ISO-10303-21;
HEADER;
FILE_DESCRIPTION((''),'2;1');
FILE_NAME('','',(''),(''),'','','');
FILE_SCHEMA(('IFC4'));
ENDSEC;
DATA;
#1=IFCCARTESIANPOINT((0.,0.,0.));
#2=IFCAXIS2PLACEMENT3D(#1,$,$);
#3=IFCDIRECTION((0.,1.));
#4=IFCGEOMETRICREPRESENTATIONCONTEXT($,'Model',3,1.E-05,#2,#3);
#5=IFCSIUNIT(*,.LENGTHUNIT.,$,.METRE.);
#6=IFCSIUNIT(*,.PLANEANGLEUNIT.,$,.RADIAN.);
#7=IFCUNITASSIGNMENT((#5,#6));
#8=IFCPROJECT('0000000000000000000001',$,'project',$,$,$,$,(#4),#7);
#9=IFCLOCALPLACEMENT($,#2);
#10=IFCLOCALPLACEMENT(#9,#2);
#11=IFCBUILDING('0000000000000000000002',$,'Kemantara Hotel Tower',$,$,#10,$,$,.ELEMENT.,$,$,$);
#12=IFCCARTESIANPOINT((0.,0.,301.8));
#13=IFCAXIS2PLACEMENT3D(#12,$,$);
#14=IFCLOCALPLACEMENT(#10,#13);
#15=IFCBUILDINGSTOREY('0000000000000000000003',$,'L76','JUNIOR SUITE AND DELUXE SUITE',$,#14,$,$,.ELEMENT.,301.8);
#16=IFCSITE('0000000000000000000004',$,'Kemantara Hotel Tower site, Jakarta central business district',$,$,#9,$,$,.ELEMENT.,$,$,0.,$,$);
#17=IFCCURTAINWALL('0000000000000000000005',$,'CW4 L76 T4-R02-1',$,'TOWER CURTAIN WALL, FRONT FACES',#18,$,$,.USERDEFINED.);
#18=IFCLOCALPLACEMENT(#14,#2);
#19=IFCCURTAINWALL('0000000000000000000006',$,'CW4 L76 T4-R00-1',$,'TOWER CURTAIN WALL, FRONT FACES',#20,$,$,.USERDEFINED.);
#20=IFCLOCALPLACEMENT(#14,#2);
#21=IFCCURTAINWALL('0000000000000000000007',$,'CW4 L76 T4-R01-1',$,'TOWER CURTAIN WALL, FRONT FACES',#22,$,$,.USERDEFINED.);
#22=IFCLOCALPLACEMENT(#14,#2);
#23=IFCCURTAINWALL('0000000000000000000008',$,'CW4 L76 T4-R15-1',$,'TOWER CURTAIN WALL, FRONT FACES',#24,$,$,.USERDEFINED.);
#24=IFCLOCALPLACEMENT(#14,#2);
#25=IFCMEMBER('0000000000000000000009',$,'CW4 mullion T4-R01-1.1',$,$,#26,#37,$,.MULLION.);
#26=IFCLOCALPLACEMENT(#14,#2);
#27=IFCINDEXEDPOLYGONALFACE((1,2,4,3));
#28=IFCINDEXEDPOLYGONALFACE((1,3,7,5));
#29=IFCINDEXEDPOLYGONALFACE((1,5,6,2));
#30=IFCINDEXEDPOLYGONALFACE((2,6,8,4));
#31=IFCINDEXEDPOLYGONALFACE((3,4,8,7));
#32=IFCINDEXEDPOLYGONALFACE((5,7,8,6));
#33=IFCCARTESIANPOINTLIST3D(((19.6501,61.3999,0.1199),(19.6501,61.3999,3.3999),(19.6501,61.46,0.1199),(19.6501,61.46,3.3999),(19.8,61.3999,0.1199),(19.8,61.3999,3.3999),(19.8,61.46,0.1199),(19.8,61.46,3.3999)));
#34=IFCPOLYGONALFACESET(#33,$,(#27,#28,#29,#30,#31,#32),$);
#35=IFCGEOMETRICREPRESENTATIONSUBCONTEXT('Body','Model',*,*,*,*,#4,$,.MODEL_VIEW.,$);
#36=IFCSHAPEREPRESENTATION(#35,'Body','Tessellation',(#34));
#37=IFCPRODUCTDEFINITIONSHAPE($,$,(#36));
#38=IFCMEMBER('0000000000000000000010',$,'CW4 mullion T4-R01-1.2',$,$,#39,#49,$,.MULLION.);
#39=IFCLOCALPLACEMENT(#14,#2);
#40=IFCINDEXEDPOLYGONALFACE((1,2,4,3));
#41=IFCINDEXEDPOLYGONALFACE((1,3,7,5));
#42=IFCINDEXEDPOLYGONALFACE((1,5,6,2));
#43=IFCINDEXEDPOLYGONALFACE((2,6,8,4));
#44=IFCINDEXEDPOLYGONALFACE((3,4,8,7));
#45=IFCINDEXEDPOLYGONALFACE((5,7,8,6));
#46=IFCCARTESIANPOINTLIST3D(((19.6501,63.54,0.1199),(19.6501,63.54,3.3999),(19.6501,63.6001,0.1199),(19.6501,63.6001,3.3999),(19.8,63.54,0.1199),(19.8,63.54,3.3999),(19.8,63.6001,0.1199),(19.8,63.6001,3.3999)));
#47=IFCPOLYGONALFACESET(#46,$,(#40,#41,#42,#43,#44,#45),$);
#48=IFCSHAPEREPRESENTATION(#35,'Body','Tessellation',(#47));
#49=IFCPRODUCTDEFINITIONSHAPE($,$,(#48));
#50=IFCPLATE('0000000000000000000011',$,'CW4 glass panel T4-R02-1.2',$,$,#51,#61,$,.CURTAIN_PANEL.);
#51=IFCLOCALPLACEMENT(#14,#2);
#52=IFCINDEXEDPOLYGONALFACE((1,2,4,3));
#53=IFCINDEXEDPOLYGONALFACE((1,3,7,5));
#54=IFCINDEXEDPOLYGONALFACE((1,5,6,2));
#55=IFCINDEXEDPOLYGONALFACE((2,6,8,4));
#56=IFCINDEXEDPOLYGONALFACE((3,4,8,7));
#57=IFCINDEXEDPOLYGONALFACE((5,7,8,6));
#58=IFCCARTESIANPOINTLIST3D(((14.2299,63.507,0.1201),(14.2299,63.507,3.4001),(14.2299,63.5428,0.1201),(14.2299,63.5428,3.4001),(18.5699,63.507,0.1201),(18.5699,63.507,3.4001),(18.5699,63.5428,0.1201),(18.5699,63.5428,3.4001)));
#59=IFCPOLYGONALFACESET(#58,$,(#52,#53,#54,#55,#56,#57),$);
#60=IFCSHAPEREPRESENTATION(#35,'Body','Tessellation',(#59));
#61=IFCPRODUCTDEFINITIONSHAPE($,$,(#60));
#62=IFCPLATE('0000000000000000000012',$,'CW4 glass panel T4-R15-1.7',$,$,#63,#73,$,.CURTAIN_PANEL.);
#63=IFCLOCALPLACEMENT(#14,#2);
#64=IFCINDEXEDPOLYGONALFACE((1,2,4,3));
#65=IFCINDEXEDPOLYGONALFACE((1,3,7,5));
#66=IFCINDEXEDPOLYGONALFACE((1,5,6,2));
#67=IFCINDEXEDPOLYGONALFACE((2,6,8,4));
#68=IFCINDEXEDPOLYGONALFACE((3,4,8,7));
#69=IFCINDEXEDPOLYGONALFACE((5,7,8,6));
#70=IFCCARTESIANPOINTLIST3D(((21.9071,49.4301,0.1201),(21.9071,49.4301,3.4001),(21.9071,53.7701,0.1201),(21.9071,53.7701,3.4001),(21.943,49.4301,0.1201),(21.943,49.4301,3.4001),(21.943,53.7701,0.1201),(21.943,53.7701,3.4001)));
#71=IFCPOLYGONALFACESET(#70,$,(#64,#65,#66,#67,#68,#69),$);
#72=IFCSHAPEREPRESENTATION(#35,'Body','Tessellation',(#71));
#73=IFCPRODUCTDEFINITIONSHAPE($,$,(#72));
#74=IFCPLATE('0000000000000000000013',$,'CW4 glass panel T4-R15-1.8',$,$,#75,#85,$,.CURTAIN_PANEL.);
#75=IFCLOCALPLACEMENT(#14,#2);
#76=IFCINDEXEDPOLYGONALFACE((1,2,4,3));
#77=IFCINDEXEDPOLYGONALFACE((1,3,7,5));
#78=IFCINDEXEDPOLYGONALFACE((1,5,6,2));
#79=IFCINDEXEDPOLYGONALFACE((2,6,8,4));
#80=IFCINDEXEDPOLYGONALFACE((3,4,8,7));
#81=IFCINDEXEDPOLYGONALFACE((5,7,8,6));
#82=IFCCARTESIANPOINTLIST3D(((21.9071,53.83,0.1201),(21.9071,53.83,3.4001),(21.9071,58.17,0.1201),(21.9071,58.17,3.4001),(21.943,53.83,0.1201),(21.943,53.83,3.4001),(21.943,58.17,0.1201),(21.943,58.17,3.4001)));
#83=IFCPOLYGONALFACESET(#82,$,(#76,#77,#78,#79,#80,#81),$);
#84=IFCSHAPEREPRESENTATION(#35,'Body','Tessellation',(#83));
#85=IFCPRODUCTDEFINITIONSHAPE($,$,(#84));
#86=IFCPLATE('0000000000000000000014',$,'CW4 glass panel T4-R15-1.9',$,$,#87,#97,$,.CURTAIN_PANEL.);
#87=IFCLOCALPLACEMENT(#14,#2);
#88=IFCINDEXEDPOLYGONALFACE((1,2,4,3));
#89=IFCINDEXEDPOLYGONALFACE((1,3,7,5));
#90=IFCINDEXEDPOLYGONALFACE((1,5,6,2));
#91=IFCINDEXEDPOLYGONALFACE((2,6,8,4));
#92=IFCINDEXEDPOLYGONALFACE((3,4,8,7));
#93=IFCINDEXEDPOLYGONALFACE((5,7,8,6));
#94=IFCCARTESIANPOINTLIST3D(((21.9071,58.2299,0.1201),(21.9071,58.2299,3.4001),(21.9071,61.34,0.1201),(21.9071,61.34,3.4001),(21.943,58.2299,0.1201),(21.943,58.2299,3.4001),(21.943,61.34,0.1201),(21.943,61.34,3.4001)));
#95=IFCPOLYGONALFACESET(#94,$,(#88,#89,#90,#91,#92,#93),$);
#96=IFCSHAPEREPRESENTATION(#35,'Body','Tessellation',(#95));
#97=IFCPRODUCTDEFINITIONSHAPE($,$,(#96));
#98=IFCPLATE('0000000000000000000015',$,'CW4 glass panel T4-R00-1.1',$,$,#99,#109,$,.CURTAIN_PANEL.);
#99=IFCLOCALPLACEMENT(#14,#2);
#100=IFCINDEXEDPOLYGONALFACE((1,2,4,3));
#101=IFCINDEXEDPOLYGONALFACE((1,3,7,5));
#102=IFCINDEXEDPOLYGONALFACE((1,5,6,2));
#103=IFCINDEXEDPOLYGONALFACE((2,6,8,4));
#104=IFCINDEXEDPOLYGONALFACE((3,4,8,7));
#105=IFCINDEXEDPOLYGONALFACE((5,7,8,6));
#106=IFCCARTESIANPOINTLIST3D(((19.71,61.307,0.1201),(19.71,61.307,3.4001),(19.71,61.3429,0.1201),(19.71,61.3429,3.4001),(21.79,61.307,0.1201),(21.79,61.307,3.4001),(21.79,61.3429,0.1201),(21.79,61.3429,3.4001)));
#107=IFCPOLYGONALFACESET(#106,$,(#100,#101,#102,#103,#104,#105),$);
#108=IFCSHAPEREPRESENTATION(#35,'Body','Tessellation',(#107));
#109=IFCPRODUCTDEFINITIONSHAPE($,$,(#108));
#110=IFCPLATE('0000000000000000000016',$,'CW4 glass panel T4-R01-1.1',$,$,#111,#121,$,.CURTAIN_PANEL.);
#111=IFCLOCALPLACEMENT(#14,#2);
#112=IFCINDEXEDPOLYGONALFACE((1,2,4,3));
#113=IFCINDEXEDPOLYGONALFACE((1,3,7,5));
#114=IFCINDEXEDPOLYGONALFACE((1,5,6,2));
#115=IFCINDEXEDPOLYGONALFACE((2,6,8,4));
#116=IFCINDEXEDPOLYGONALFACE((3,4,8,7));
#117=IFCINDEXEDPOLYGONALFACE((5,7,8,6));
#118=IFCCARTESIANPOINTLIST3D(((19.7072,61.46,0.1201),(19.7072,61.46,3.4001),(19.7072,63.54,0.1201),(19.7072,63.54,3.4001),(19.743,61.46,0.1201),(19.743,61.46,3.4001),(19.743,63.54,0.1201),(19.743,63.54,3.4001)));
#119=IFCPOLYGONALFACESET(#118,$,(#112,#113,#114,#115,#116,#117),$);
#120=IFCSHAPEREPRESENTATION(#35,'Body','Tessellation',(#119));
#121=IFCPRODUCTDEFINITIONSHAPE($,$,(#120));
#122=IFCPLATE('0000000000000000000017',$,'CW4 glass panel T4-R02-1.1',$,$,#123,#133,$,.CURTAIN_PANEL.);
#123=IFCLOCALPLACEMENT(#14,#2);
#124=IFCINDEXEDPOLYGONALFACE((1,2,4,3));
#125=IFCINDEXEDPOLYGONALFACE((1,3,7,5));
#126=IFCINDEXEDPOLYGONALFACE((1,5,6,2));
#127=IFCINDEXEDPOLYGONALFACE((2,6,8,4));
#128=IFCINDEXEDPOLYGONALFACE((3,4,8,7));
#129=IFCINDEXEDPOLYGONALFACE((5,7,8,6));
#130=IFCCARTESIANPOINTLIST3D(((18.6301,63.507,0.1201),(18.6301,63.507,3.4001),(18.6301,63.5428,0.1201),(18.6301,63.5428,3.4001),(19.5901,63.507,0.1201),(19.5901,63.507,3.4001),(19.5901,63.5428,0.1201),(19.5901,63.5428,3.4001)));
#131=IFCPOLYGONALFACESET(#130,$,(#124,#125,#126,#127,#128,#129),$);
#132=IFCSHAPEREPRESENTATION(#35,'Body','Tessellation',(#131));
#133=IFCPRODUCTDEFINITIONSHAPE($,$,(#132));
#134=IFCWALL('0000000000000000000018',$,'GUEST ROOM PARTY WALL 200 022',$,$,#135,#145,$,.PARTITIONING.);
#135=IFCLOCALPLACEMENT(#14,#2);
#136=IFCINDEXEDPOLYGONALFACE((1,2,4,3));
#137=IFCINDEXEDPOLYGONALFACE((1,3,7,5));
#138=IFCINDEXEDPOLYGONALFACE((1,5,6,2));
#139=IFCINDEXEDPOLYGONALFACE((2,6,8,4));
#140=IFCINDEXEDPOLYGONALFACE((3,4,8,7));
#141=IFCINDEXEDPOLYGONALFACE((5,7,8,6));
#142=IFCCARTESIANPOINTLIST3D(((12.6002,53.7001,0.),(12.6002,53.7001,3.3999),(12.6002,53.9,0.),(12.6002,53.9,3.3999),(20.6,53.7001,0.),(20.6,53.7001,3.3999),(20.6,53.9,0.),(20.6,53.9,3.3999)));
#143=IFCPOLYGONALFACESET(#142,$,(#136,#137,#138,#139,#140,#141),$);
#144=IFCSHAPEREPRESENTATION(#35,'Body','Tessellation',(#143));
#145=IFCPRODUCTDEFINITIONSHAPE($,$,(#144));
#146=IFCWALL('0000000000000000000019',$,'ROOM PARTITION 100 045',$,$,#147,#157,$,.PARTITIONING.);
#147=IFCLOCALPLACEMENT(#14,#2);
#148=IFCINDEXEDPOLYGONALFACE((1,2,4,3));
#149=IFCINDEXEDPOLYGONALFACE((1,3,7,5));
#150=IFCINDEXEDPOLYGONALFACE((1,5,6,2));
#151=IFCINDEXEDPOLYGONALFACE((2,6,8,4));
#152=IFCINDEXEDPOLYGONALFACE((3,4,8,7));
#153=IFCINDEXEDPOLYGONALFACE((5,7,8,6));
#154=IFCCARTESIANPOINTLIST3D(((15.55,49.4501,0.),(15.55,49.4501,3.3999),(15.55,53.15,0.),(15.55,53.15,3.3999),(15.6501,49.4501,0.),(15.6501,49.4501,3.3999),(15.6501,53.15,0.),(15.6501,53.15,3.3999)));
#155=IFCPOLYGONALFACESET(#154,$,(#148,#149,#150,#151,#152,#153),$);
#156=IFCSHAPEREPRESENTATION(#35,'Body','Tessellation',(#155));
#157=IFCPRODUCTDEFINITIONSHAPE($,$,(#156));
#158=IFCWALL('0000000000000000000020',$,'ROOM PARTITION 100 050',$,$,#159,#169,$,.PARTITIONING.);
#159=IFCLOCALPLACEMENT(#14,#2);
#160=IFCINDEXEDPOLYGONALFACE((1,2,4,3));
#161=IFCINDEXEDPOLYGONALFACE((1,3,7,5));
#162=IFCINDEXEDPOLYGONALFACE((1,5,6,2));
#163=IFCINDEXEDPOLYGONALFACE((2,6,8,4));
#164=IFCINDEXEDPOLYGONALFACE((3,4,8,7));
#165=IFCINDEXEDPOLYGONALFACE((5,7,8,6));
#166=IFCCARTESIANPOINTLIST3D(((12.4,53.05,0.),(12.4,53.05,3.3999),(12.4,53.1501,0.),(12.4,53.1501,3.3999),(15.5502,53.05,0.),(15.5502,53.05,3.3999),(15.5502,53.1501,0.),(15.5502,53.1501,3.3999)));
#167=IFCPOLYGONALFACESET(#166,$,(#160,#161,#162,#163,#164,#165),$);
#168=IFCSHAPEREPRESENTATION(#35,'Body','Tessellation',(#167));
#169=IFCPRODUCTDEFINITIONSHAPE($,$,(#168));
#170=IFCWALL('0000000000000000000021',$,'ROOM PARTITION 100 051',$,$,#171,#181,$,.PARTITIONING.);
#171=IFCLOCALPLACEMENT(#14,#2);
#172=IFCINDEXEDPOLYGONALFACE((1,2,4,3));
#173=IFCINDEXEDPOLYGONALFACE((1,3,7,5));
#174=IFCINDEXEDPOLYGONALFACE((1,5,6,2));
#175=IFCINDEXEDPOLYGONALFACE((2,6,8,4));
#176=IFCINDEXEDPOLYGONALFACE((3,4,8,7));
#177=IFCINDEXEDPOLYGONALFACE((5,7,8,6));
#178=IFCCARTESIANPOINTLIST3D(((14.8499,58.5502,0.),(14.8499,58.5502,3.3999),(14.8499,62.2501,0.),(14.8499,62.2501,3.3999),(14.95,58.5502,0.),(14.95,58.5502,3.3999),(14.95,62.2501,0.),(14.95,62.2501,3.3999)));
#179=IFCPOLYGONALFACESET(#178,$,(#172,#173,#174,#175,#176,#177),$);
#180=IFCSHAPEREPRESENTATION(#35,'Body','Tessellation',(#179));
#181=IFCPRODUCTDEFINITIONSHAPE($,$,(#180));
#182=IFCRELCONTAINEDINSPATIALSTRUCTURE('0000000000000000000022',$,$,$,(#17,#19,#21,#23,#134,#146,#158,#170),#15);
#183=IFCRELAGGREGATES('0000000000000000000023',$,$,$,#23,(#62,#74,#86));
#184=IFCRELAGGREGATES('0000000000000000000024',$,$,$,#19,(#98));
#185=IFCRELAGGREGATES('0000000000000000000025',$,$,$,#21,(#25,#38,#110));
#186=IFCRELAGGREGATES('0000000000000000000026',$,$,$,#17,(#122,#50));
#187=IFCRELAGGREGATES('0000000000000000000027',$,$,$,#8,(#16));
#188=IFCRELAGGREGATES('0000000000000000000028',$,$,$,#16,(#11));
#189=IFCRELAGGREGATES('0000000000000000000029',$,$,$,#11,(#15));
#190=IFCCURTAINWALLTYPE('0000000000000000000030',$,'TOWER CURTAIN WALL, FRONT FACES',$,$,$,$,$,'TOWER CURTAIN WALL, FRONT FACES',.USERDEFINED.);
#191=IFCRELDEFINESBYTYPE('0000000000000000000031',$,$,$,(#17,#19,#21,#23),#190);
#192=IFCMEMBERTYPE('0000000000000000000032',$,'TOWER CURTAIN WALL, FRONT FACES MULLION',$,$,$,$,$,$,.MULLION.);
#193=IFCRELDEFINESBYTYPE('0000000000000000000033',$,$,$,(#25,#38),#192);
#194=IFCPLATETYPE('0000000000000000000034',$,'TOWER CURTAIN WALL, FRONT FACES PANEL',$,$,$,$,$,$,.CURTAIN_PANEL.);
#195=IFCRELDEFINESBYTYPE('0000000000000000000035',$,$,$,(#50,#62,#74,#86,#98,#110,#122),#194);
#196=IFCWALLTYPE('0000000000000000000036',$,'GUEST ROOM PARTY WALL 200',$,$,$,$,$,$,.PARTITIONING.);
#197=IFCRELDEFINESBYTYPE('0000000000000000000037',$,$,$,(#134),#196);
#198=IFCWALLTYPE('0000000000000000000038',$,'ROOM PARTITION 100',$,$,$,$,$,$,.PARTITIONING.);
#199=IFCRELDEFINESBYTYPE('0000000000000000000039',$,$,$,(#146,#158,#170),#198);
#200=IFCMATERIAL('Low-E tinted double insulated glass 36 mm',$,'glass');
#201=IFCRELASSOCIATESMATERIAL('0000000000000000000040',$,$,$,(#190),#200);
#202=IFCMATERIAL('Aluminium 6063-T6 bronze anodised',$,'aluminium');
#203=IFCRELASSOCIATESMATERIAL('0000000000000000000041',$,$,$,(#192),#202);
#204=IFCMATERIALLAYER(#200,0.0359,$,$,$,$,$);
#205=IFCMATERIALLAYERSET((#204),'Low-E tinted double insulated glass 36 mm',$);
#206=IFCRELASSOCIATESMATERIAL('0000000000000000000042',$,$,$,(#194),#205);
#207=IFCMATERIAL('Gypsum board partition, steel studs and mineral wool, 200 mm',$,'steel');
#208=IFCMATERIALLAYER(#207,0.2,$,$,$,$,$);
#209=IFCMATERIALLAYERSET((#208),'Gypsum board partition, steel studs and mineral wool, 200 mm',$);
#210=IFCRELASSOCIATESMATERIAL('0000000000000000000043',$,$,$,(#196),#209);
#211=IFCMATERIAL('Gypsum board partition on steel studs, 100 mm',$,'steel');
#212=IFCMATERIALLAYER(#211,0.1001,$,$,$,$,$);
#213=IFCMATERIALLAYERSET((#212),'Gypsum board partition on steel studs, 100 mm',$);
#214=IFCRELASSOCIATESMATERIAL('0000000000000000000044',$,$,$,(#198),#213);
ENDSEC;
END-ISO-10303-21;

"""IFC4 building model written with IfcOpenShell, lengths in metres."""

from ifc_helpers import new_model, si_unit, direction, frame, frame_2d, origin, origin_2d, place, context, subcontext, project, spatial, rectangle, extrude, source, transform, mapped, material, layer, layer_set, material_profile, profile_set, type_object, element, aggregate, save


model = new_model("IFC4")

# Units and contexts
model_context = context("Model", 3, precision=1e-05, world=origin(), true_north=direction((0.0, 1.0)))
body_context = subcontext(model_context, "Body", "Model", "MODEL_VIEW")
ifc_project = project(units=[si_unit("LENGTHUNIT", "METRE"), si_unit("PLANEANGLEUNIT", "RADIAN")], contexts=[model_context])

# Site, building, storey
site_placement = place(None, origin())
site = spatial("IfcSite", under=ifc_project, at=site_placement, Name="Kemantara Hotel Tower site, Jakarta central business district", CompositionType="ELEMENT", RefElevation=0.0)
building_placement = place(site_placement, origin())
building = spatial("IfcBuilding", under=site, at=building_placement, Name="Kemantara Hotel Tower", CompositionType="ELEMENT")
storey_placement = place(building_placement, frame((0.0, 0.0, 301.8)))
storey = spatial("IfcBuildingStorey", under=building, at=storey_placement, Name="L76", Description="JUNIOR SUITE AND DELUXE SUITE", CompositionType="ELEMENT", Elevation=301.8)

# Curtain walls
ifc_material_1 = material(Name="Low-E tinted double insulated glass 36 mm", Category="glass")
curtain_wall_type = type_object("IfcCurtainWallType", Name="TOWER CURTAIN WALL, FRONT FACES", ElementType="TOWER CURTAIN WALL, FRONT FACES", PredefinedType="USERDEFINED", material=ifc_material_1)
curtain_wall_1_placement = place(storey_placement, origin())
curtain_wall_1 = element("IfcCurtainWall", 1, at=curtain_wall_1_placement, inside=storey, type_object=curtain_wall_type, Name="CW4 L76 T4-R02-1", ObjectType="TOWER CURTAIN WALL, FRONT FACES", PredefinedType="USERDEFINED")
ifc_material_2 = material(Name="Aluminium 6063-T6 bronze anodised", Category="aluminium")
curtain_wall_2_placement = place(storey_placement, origin())
curtain_wall_2 = element("IfcCurtainWall", 2, at=curtain_wall_2_placement, inside=storey, type_object=curtain_wall_type, Name="CW4 L76 T4-R00-1", ObjectType="TOWER CURTAIN WALL, FRONT FACES", PredefinedType="USERDEFINED")
curtain_wall_3_placement = place(storey_placement, origin())
curtain_wall_3 = element("IfcCurtainWall", 3, at=curtain_wall_3_placement, inside=storey, type_object=curtain_wall_type, Name="CW4 L76 T4-R01-1", ObjectType="TOWER CURTAIN WALL, FRONT FACES", PredefinedType="USERDEFINED")

# Shared definitions
ifc_material_profile_1 = material_profile(ifc_material_2, rectangle(XDim=0.1499, YDim=0.0601, at=origin_2d()), Name="TOWER CURTAIN WALL, FRONT FACES MULLION")
ifc_profile_set_1 = profile_set([ifc_material_profile_1], Name="Aluminium 6063-T6 bronze anodised")
member_type_1 = type_object("IfcMemberType", Name="TOWER CURTAIN WALL, FRONT FACES MULLION", PredefinedType="MULLION", material=ifc_profile_set_1)
shared_shape_1 = source(origin(), body_context, "Body", "SweptSolid", [
    extrude(rectangle(XDim=0.1499, YDim=0.0601, at=origin_2d()), origin(), (0.0, 0.0, 1.0), 3.28),
])

# Curtain wall
curtain_wall_4_placement = place(storey_placement, origin())
curtain_wall_4 = element("IfcCurtainWall", 4, at=curtain_wall_4_placement, inside=storey, type_object=curtain_wall_type, Name="CW4 L76 T4-R15-1", ObjectType="TOWER CURTAIN WALL, FRONT FACES", PredefinedType="USERDEFINED")

# Members
member_1_placement = place(storey_placement, frame((19.7251, 61.4299, 0.1199), z_axis=(0.0, 0.0, 1.0), x_axis=(-1.0, 0.0, 0.0)))
member_1 = element("IfcMember", 5, at=member_1_placement, type_object=member_type_1, Name="CW4 mullion T4-R01-1.1", PredefinedType="MULLION", context=body_context, shape_type="MappedRepresentation", body=[
    mapped(shared_shape_1, transform((0.0, 0.0, 0.0))),
])
member_2_placement = place(storey_placement, frame((19.7251, 63.5701, 0.1199), z_axis=(0.0, 0.0, 1.0), x_axis=(-1.0, 0.0, 0.0)))
member_2 = element("IfcMember", 6, at=member_2_placement, type_object=member_type_1, Name="CW4 mullion T4-R01-1.2", PredefinedType="MULLION", context=body_context, shape_type="MappedRepresentation", body=[
    mapped(shared_shape_1, transform((0.0, 0.0, 0.0))),
])

# Plates
ifc_layer_1 = layer(ifc_material_1, 0.0359)
ifc_layer_set_1 = layer_set([ifc_layer_1], Name="Low-E tinted double insulated glass 36 mm")
plate_type = type_object("IfcPlateType", Name="TOWER CURTAIN WALL, FRONT FACES PANEL", PredefinedType="CURTAIN_PANEL", material=ifc_layer_set_1)
shared_shape_2 = source(origin(), body_context, "Body", "SweptSolid", [
    extrude(rectangle(XDim=4.3401, YDim=0.0359, at=origin_2d()), origin(), (0.0, 0.0, 1.0), 3.28),
])
plate_1_placement = place(storey_placement, frame((16.3999, 63.5249, 0.1201), z_axis=(0.0, 0.0, 1.0), x_axis=(-1.0, 0.0, 0.0)))
plate_1 = element("IfcPlate", 7, at=plate_1_placement, type_object=plate_type, Name="CW4 glass panel T4-R02-1.2", PredefinedType="CURTAIN_PANEL", context=body_context, shape_type="MappedRepresentation", body=[
    mapped(shared_shape_2, transform((0.0, 0.0, 0.0))),
])
plate_2_placement = place(storey_placement, frame((21.925, 51.6001, 0.1201), z_axis=(0.0, 0.0, 1.0), x_axis=(0.0, 1.0, 0.0)))
plate_2 = element("IfcPlate", 8, at=plate_2_placement, type_object=plate_type, Name="CW4 glass panel T4-R15-1.7", PredefinedType="CURTAIN_PANEL", context=body_context, shape_type="MappedRepresentation", body=[
    mapped(shared_shape_2, transform((0.0, 0.0, 0.0))),
])
plate_3_placement = place(storey_placement, frame((21.925, 56.0, 0.1201), z_axis=(0.0, 0.0, 1.0), x_axis=(0.0, 1.0, 0.0)))
plate_3 = element("IfcPlate", 9, at=plate_3_placement, type_object=plate_type, Name="CW4 glass panel T4-R15-1.8", PredefinedType="CURTAIN_PANEL", context=body_context, shape_type="MappedRepresentation", body=[
    mapped(shared_shape_2, transform((0.0, 0.0, 0.0))),
])
shared_shape_3 = source(origin(), body_context, "Body", "SweptSolid", [
    extrude(rectangle(XDim=3.1101, YDim=0.0359, at=origin_2d()), origin(), (0.0, 0.0, 1.0), 3.28),
])
plate_4_placement = place(storey_placement, frame((21.925, 59.7849, 0.1201), z_axis=(0.0, 0.0, 1.0), x_axis=(0.0, 1.0, 0.0)))
plate_4 = element("IfcPlate", 10, at=plate_4_placement, type_object=plate_type, Name="CW4 glass panel T4-R15-1.9", PredefinedType="CURTAIN_PANEL", context=body_context, shape_type="MappedRepresentation", body=[
    mapped(shared_shape_3, transform((0.0, 0.0, 0.0))),
])
aggregate(curtain_wall_4, [plate_2, plate_3, plate_4])
shared_shape_4 = source(origin(), body_context, "Body", "SweptSolid", [
    extrude(rectangle(XDim=2.0801, YDim=0.0359, at=origin_2d()), origin(), (0.0, 0.0, 1.0), 3.28),
])
plate_5_placement = place(storey_placement, frame((20.75, 61.325, 0.1201), z_axis=(0.0, 0.0, 1.0), x_axis=(-1.0, 0.0, 0.0)))
plate_5 = element("IfcPlate", 11, at=plate_5_placement, type_object=plate_type, Name="CW4 glass panel T4-R00-1.1", PredefinedType="CURTAIN_PANEL", context=body_context, shape_type="MappedRepresentation", body=[
    mapped(shared_shape_4, transform((0.0, 0.0, 0.0))),
])
aggregate(curtain_wall_2, [plate_5])
plate_6_placement = place(storey_placement, frame((19.7251, 62.5, 0.1201), z_axis=(0.0, 0.0, 1.0), x_axis=(0.0, 1.0, 0.0)))
plate_6 = element("IfcPlate", 12, at=plate_6_placement, type_object=plate_type, Name="CW4 glass panel T4-R01-1.1", PredefinedType="CURTAIN_PANEL", context=body_context, shape_type="MappedRepresentation", body=[
    mapped(shared_shape_4, transform((0.0, 0.0, 0.0))),
])
aggregate(curtain_wall_3, [member_1, member_2, plate_6])
shared_shape_5 = source(origin(), body_context, "Body", "SweptSolid", [
    extrude(rectangle(XDim=0.96, YDim=0.0359, at=origin_2d()), origin(), (0.0, 0.0, 1.0), 3.28),
])
plate_7_placement = place(storey_placement, frame((19.1101, 63.5249, 0.1201), z_axis=(0.0, 0.0, 1.0), x_axis=(-1.0, 0.0, 0.0)))
plate_7 = element("IfcPlate", 13, at=plate_7_placement, type_object=plate_type, Name="CW4 glass panel T4-R02-1.1", PredefinedType="CURTAIN_PANEL", context=body_context, shape_type="MappedRepresentation", body=[
    mapped(shared_shape_5, transform((0.0, 0.0, 0.0))),
])
aggregate(curtain_wall_1, [plate_7, plate_1])

# Walls
ifc_material_3 = material(Name="Gypsum board partition, steel studs and mineral wool, 200 mm", Category="steel")
ifc_layer_2 = layer(ifc_material_3, 0.2)
ifc_layer_set_2 = layer_set([ifc_layer_2], Name="Gypsum board partition, steel studs and mineral wool, 200 mm")
wall_type_1 = type_object("IfcWallType", Name="GUEST ROOM PARTY WALL 200", PredefinedType="PARTITIONING", material=ifc_layer_set_2)
wall_1_placement = place(storey_placement, frame((12.6001, 53.8, 0.0), z_axis=(0.0, 0.0, 1.0), x_axis=(1.0, 0.0, 0.0)))
element("IfcWall", 14, at=wall_1_placement, inside=storey, type_object=wall_type_1, Name="GUEST ROOM PARTY WALL 200 022", PredefinedType="PARTITIONING", context=body_context, shape_type="SweptSolid", body=[
    extrude(rectangle(XDim=7.9998, YDim=0.2, at=frame_2d((4.0, 0.0))), origin(), (0.0, 0.0, 1.0), 3.3999),
])
ifc_material_4 = material(Name="Gypsum board partition on steel studs, 100 mm", Category="steel")
ifc_layer_3 = layer(ifc_material_4, 0.1001)
ifc_layer_set_3 = layer_set([ifc_layer_3], Name="Gypsum board partition on steel studs, 100 mm")
wall_type_2 = type_object("IfcWallType", Name="ROOM PARTITION 100", PredefinedType="PARTITIONING", material=ifc_layer_set_3)
wall_2_placement = place(storey_placement, frame((15.6001, 49.45, 0.0), z_axis=(0.0, 0.0, 1.0), x_axis=(0.0, 1.0, 0.0)))
element("IfcWall", 15, at=wall_2_placement, inside=storey, type_object=wall_type_2, Name="ROOM PARTITION 100 045", PredefinedType="PARTITIONING", context=body_context, shape_type="SweptSolid", body=[
    extrude(rectangle(XDim=3.7, YDim=0.1001, at=frame_2d((1.8501, 0.0))), origin(), (0.0, 0.0, 1.0), 3.3999),
])
wall_3_placement = place(storey_placement, frame((12.3999, 53.1001, 0.0), z_axis=(0.0, 0.0, 1.0), x_axis=(1.0, 0.0, 0.0)))
element("IfcWall", 16, at=wall_3_placement, inside=storey, type_object=wall_type_2, Name="ROOM PARTITION 100 050", PredefinedType="PARTITIONING", context=body_context, shape_type="SweptSolid", body=[
    extrude(rectangle(XDim=3.1501, YDim=0.1001, at=frame_2d((1.5752, 0.0))), origin(), (0.0, 0.0, 1.0), 3.3999),
])
wall_4_placement = place(storey_placement, frame((14.8999, 58.55, 0.0), z_axis=(0.0, 0.0, 1.0), x_axis=(0.0, 1.0, 0.0)))
element("IfcWall", 17, at=wall_4_placement, inside=storey, type_object=wall_type_2, Name="ROOM PARTITION 100 051", PredefinedType="PARTITIONING", context=body_context, shape_type="SweptSolid", body=[
    extrude(rectangle(XDim=3.7, YDim=0.1001, at=frame_2d((1.8501, 0.0))), origin(), (0.0, 0.0, 1.0), 3.3999),
])

save(model, "model.ifc")
